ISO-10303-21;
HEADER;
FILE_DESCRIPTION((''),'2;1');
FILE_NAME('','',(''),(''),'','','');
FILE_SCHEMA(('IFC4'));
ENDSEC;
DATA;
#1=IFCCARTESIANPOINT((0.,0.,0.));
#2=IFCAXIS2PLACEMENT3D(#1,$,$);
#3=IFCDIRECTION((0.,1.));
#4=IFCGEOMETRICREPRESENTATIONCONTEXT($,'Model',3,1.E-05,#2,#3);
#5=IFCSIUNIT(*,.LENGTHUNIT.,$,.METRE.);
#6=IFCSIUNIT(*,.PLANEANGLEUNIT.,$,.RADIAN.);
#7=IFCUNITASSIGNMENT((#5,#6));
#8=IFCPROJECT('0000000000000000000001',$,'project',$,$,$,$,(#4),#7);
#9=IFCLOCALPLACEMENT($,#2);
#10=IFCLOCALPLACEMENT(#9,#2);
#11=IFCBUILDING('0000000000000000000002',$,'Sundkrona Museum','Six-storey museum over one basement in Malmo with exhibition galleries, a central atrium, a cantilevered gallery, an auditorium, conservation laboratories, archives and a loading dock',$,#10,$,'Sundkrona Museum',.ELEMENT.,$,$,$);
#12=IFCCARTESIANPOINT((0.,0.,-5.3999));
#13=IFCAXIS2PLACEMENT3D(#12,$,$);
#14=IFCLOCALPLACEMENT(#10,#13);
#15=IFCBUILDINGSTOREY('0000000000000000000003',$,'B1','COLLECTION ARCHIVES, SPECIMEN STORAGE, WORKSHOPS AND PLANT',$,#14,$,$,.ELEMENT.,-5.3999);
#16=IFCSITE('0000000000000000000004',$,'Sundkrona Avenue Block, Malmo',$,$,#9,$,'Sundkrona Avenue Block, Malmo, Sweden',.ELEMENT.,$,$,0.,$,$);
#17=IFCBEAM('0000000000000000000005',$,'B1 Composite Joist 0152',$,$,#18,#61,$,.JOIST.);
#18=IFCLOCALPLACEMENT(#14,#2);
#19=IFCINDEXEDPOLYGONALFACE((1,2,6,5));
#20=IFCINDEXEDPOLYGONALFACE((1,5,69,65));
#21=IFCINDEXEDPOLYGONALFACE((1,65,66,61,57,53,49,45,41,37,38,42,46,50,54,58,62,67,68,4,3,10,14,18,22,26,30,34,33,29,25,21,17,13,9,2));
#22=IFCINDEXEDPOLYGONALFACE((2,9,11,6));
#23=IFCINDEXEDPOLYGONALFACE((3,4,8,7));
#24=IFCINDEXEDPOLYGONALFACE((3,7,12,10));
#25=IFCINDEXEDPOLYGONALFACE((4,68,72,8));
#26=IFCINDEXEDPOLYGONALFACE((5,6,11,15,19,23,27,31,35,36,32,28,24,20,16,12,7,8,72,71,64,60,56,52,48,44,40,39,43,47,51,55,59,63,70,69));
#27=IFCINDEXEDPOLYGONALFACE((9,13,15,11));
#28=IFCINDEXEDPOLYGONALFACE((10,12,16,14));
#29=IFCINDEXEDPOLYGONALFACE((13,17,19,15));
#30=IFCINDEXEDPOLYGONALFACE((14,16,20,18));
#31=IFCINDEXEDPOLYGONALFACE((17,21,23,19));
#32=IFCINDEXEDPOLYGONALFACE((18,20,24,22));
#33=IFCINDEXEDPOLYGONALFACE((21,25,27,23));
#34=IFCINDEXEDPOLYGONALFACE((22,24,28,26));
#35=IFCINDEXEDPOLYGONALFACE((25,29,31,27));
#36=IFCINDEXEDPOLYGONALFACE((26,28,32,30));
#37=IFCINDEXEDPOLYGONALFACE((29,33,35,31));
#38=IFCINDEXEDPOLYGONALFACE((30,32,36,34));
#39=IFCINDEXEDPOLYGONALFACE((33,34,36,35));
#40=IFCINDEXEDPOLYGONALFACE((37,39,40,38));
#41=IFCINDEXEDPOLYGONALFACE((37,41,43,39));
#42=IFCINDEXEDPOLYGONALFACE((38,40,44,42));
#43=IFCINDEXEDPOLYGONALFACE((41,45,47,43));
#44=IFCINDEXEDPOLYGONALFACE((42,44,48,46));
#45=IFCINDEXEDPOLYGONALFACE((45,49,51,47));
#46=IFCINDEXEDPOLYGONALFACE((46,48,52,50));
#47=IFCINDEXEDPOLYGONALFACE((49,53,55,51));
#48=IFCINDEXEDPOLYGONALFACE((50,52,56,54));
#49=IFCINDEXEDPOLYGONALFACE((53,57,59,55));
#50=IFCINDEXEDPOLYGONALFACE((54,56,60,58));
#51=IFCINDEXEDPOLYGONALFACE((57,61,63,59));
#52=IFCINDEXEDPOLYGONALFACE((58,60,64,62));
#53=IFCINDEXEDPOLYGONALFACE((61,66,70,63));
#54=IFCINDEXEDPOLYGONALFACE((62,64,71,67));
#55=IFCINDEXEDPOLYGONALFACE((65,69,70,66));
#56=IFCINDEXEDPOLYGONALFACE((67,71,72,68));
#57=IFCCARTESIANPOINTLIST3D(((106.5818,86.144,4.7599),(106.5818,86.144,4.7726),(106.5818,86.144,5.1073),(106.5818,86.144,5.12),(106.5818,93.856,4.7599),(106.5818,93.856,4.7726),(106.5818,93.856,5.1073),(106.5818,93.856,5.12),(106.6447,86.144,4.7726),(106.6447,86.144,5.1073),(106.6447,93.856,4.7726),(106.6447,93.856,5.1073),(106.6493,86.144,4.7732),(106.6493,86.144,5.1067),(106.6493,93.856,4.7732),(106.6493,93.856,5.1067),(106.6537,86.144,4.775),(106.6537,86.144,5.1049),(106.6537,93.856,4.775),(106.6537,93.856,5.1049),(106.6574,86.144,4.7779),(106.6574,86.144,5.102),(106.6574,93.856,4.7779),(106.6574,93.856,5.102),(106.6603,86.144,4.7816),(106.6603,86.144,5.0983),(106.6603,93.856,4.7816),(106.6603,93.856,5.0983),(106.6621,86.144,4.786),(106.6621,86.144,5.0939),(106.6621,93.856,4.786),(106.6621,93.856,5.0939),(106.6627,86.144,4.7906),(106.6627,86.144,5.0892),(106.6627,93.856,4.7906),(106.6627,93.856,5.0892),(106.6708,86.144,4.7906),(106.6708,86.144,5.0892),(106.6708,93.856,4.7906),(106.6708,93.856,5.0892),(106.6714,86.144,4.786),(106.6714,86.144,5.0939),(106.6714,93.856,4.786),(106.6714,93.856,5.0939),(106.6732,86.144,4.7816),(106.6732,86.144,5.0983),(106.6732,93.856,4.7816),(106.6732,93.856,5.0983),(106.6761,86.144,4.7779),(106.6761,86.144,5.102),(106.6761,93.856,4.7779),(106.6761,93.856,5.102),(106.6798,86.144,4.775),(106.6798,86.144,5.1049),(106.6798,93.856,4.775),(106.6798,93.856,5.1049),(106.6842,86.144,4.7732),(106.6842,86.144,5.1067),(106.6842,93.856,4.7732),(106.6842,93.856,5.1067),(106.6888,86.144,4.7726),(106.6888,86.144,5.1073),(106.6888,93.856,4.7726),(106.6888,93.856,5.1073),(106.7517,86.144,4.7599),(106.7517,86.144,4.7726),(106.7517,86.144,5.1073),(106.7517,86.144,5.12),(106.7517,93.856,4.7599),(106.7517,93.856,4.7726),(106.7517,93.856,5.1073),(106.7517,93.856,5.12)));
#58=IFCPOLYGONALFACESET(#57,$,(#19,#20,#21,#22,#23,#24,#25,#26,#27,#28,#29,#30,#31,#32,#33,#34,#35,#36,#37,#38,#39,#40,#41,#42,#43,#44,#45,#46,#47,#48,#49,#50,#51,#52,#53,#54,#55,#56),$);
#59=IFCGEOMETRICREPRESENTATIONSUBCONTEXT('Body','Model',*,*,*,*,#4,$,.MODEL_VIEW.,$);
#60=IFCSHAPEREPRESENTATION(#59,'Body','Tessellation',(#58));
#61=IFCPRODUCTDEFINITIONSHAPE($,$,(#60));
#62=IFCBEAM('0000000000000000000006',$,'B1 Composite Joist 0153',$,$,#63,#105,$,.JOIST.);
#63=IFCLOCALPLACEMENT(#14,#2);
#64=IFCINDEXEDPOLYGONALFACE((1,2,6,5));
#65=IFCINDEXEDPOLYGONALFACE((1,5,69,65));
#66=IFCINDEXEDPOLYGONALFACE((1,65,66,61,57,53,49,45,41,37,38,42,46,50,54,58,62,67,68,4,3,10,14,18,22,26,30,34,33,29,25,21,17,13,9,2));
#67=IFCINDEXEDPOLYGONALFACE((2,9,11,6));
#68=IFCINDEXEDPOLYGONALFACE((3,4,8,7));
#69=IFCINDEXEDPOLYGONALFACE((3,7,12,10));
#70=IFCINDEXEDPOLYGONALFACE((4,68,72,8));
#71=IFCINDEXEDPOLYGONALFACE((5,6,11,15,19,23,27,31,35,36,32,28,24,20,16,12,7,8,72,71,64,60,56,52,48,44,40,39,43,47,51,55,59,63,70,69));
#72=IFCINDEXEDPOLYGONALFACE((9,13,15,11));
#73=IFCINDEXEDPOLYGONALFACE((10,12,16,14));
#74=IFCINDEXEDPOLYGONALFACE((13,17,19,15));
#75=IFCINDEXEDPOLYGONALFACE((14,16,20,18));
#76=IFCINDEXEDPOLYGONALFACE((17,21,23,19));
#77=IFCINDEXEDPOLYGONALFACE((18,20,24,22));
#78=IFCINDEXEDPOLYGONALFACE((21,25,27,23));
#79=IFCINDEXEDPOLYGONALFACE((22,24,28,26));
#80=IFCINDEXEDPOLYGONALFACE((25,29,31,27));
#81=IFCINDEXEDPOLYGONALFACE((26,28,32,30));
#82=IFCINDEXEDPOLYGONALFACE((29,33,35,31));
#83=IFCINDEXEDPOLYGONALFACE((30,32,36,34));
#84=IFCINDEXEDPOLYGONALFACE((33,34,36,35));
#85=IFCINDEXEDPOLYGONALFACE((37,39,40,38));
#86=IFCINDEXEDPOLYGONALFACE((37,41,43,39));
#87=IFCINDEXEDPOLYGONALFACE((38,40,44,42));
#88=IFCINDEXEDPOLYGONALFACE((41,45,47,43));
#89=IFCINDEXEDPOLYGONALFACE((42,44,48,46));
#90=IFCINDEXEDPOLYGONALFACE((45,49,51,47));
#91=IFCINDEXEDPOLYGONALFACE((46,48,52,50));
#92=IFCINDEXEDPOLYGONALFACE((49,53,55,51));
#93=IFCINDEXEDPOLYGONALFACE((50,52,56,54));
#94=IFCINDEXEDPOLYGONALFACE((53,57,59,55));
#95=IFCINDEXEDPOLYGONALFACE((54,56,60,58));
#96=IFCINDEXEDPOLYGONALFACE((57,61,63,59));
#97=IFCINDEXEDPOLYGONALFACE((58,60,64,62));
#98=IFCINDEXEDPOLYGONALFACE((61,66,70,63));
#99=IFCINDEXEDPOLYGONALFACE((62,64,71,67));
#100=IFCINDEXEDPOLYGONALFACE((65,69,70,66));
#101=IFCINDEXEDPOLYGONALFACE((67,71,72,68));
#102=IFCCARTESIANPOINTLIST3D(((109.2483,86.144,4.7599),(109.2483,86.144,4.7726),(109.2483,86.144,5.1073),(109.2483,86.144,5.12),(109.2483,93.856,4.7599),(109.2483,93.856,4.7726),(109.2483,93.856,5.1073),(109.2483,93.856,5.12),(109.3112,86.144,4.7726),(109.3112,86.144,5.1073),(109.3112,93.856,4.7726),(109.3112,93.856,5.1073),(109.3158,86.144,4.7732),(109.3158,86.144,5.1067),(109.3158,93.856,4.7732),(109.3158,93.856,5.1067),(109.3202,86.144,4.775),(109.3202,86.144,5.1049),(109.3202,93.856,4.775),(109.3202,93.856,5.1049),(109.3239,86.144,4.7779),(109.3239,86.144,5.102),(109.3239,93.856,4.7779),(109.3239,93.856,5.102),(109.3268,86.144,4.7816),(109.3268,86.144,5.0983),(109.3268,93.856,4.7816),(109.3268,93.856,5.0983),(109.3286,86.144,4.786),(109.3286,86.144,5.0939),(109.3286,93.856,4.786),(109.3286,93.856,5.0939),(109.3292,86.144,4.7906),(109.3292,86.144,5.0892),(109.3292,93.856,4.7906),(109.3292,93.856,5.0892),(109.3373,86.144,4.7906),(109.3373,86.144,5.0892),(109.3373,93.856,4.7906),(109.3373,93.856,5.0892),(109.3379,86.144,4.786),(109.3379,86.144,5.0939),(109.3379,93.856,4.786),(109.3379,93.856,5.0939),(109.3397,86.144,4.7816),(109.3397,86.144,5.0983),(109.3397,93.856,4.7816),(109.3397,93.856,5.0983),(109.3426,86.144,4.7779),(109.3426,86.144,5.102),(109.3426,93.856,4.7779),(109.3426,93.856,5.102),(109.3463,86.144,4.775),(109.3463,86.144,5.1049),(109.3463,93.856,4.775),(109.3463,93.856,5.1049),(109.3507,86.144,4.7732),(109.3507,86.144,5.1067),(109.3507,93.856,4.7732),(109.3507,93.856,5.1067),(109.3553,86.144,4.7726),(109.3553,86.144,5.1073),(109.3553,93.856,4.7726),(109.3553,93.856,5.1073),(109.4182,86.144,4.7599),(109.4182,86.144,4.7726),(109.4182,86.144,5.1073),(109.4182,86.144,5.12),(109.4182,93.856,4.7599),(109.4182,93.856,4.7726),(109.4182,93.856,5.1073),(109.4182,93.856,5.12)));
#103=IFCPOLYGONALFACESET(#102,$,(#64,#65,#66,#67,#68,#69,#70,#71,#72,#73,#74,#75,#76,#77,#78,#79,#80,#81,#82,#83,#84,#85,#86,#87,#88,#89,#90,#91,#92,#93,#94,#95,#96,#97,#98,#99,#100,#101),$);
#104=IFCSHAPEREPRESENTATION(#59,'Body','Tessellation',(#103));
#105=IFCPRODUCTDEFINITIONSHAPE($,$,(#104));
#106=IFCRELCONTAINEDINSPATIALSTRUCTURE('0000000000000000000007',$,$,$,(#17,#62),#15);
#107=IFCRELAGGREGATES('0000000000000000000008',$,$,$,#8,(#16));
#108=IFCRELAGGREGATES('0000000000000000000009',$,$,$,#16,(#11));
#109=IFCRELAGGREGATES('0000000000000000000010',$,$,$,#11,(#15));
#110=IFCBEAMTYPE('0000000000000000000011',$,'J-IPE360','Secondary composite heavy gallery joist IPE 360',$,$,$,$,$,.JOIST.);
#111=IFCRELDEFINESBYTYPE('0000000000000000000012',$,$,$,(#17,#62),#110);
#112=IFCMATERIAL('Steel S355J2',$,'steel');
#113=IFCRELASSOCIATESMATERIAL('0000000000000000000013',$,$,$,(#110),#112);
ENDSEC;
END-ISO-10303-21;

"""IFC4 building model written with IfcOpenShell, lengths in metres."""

from ifc_helpers import new_model, si_unit, direction, frame, origin, origin_2d, place, context, subcontext, project, spatial, i_section, extrude, material, material_profile, profile_set, type_object, element, save


model = new_model("IFC4")

# Units and contexts
model_context = context("Model", 3, precision=1e-05, world=origin(), true_north=direction((0.0, 1.0)))
body_context = subcontext(model_context, "Body", "Model", "MODEL_VIEW")
ifc_project = project(units=[si_unit("LENGTHUNIT", "METRE"), si_unit("PLANEANGLEUNIT", "RADIAN")], contexts=[model_context])

# Site, building, storey
site_placement = place(None, origin())
site = spatial("IfcSite", under=ifc_project, at=site_placement, Name="Sundkrona Avenue Block, Malmo", LongName="Sundkrona Avenue Block, Malmo, Sweden", CompositionType="ELEMENT", RefElevation=0.0)
building_placement = place(site_placement, origin())
building = spatial("IfcBuilding", under=site, at=building_placement, Name="Sundkrona Museum", Description="Six-storey museum over one basement in Malmo with exhibition galleries, a central atrium, a cantilevered gallery, an auditorium, conservation laboratories, archives and a loading dock", LongName="Sundkrona Museum", CompositionType="ELEMENT")
storey_placement = place(building_placement, frame((0.0, 0.0, -5.3999)))
storey = spatial("IfcBuildingStorey", under=building, at=storey_placement, Name="B1", Description="COLLECTION ARCHIVES, SPECIMEN STORAGE, WORKSHOPS AND PLANT", CompositionType="ELEMENT", Elevation=-5.3999)

# Beams
ifc_material_1 = material(Name="Steel S355J2", Category="steel")
ifc_material_profile_1 = material_profile(ifc_material_1, i_section(OverallWidth=0.1699, OverallDepth=0.3601, WebThickness=0.0081, FlangeThickness=0.0127, FilletRadius=0.0181, at=origin_2d()), Name="IPE 360")
ifc_profile_set_1 = profile_set([ifc_material_profile_1], Name="Steel S355J2")
beam_type_1 = type_object("IfcBeamType", Name="J-IPE360", Description="Secondary composite heavy gallery joist IPE 360", PredefinedType="JOIST", material=ifc_profile_set_1)
for number, where, z_axis, x_axis, name in (
    (1, (106.6667, 86.144, 4.9399), (0.0, 1.0, 0.0), (-1.0, 0.0, 0.0), "B1 Composite Joist 0152"),
    (2, (109.3333, 86.144, 4.9399), (0.0, 1.0, 0.0), (-1.0, 0.0, 0.0), "B1 Composite Joist 0153"),
):
    element("IfcBeam", number, at=place(storey_placement, frame(where, z_axis=z_axis, x_axis=x_axis)), inside=storey, type_object=beam_type_1, Name=name, PredefinedType="JOIST", context=body_context, shape_type="SweptSolid", body=[
        extrude(i_section(OverallWidth=0.1699, OverallDepth=0.3601, WebThickness=0.0081, FlangeThickness=0.0127, FilletRadius=0.0181, at=origin_2d()), origin(), (0.0, 0.0, 1.0), 7.7119),
    ])

save(model, "model.ifc")
